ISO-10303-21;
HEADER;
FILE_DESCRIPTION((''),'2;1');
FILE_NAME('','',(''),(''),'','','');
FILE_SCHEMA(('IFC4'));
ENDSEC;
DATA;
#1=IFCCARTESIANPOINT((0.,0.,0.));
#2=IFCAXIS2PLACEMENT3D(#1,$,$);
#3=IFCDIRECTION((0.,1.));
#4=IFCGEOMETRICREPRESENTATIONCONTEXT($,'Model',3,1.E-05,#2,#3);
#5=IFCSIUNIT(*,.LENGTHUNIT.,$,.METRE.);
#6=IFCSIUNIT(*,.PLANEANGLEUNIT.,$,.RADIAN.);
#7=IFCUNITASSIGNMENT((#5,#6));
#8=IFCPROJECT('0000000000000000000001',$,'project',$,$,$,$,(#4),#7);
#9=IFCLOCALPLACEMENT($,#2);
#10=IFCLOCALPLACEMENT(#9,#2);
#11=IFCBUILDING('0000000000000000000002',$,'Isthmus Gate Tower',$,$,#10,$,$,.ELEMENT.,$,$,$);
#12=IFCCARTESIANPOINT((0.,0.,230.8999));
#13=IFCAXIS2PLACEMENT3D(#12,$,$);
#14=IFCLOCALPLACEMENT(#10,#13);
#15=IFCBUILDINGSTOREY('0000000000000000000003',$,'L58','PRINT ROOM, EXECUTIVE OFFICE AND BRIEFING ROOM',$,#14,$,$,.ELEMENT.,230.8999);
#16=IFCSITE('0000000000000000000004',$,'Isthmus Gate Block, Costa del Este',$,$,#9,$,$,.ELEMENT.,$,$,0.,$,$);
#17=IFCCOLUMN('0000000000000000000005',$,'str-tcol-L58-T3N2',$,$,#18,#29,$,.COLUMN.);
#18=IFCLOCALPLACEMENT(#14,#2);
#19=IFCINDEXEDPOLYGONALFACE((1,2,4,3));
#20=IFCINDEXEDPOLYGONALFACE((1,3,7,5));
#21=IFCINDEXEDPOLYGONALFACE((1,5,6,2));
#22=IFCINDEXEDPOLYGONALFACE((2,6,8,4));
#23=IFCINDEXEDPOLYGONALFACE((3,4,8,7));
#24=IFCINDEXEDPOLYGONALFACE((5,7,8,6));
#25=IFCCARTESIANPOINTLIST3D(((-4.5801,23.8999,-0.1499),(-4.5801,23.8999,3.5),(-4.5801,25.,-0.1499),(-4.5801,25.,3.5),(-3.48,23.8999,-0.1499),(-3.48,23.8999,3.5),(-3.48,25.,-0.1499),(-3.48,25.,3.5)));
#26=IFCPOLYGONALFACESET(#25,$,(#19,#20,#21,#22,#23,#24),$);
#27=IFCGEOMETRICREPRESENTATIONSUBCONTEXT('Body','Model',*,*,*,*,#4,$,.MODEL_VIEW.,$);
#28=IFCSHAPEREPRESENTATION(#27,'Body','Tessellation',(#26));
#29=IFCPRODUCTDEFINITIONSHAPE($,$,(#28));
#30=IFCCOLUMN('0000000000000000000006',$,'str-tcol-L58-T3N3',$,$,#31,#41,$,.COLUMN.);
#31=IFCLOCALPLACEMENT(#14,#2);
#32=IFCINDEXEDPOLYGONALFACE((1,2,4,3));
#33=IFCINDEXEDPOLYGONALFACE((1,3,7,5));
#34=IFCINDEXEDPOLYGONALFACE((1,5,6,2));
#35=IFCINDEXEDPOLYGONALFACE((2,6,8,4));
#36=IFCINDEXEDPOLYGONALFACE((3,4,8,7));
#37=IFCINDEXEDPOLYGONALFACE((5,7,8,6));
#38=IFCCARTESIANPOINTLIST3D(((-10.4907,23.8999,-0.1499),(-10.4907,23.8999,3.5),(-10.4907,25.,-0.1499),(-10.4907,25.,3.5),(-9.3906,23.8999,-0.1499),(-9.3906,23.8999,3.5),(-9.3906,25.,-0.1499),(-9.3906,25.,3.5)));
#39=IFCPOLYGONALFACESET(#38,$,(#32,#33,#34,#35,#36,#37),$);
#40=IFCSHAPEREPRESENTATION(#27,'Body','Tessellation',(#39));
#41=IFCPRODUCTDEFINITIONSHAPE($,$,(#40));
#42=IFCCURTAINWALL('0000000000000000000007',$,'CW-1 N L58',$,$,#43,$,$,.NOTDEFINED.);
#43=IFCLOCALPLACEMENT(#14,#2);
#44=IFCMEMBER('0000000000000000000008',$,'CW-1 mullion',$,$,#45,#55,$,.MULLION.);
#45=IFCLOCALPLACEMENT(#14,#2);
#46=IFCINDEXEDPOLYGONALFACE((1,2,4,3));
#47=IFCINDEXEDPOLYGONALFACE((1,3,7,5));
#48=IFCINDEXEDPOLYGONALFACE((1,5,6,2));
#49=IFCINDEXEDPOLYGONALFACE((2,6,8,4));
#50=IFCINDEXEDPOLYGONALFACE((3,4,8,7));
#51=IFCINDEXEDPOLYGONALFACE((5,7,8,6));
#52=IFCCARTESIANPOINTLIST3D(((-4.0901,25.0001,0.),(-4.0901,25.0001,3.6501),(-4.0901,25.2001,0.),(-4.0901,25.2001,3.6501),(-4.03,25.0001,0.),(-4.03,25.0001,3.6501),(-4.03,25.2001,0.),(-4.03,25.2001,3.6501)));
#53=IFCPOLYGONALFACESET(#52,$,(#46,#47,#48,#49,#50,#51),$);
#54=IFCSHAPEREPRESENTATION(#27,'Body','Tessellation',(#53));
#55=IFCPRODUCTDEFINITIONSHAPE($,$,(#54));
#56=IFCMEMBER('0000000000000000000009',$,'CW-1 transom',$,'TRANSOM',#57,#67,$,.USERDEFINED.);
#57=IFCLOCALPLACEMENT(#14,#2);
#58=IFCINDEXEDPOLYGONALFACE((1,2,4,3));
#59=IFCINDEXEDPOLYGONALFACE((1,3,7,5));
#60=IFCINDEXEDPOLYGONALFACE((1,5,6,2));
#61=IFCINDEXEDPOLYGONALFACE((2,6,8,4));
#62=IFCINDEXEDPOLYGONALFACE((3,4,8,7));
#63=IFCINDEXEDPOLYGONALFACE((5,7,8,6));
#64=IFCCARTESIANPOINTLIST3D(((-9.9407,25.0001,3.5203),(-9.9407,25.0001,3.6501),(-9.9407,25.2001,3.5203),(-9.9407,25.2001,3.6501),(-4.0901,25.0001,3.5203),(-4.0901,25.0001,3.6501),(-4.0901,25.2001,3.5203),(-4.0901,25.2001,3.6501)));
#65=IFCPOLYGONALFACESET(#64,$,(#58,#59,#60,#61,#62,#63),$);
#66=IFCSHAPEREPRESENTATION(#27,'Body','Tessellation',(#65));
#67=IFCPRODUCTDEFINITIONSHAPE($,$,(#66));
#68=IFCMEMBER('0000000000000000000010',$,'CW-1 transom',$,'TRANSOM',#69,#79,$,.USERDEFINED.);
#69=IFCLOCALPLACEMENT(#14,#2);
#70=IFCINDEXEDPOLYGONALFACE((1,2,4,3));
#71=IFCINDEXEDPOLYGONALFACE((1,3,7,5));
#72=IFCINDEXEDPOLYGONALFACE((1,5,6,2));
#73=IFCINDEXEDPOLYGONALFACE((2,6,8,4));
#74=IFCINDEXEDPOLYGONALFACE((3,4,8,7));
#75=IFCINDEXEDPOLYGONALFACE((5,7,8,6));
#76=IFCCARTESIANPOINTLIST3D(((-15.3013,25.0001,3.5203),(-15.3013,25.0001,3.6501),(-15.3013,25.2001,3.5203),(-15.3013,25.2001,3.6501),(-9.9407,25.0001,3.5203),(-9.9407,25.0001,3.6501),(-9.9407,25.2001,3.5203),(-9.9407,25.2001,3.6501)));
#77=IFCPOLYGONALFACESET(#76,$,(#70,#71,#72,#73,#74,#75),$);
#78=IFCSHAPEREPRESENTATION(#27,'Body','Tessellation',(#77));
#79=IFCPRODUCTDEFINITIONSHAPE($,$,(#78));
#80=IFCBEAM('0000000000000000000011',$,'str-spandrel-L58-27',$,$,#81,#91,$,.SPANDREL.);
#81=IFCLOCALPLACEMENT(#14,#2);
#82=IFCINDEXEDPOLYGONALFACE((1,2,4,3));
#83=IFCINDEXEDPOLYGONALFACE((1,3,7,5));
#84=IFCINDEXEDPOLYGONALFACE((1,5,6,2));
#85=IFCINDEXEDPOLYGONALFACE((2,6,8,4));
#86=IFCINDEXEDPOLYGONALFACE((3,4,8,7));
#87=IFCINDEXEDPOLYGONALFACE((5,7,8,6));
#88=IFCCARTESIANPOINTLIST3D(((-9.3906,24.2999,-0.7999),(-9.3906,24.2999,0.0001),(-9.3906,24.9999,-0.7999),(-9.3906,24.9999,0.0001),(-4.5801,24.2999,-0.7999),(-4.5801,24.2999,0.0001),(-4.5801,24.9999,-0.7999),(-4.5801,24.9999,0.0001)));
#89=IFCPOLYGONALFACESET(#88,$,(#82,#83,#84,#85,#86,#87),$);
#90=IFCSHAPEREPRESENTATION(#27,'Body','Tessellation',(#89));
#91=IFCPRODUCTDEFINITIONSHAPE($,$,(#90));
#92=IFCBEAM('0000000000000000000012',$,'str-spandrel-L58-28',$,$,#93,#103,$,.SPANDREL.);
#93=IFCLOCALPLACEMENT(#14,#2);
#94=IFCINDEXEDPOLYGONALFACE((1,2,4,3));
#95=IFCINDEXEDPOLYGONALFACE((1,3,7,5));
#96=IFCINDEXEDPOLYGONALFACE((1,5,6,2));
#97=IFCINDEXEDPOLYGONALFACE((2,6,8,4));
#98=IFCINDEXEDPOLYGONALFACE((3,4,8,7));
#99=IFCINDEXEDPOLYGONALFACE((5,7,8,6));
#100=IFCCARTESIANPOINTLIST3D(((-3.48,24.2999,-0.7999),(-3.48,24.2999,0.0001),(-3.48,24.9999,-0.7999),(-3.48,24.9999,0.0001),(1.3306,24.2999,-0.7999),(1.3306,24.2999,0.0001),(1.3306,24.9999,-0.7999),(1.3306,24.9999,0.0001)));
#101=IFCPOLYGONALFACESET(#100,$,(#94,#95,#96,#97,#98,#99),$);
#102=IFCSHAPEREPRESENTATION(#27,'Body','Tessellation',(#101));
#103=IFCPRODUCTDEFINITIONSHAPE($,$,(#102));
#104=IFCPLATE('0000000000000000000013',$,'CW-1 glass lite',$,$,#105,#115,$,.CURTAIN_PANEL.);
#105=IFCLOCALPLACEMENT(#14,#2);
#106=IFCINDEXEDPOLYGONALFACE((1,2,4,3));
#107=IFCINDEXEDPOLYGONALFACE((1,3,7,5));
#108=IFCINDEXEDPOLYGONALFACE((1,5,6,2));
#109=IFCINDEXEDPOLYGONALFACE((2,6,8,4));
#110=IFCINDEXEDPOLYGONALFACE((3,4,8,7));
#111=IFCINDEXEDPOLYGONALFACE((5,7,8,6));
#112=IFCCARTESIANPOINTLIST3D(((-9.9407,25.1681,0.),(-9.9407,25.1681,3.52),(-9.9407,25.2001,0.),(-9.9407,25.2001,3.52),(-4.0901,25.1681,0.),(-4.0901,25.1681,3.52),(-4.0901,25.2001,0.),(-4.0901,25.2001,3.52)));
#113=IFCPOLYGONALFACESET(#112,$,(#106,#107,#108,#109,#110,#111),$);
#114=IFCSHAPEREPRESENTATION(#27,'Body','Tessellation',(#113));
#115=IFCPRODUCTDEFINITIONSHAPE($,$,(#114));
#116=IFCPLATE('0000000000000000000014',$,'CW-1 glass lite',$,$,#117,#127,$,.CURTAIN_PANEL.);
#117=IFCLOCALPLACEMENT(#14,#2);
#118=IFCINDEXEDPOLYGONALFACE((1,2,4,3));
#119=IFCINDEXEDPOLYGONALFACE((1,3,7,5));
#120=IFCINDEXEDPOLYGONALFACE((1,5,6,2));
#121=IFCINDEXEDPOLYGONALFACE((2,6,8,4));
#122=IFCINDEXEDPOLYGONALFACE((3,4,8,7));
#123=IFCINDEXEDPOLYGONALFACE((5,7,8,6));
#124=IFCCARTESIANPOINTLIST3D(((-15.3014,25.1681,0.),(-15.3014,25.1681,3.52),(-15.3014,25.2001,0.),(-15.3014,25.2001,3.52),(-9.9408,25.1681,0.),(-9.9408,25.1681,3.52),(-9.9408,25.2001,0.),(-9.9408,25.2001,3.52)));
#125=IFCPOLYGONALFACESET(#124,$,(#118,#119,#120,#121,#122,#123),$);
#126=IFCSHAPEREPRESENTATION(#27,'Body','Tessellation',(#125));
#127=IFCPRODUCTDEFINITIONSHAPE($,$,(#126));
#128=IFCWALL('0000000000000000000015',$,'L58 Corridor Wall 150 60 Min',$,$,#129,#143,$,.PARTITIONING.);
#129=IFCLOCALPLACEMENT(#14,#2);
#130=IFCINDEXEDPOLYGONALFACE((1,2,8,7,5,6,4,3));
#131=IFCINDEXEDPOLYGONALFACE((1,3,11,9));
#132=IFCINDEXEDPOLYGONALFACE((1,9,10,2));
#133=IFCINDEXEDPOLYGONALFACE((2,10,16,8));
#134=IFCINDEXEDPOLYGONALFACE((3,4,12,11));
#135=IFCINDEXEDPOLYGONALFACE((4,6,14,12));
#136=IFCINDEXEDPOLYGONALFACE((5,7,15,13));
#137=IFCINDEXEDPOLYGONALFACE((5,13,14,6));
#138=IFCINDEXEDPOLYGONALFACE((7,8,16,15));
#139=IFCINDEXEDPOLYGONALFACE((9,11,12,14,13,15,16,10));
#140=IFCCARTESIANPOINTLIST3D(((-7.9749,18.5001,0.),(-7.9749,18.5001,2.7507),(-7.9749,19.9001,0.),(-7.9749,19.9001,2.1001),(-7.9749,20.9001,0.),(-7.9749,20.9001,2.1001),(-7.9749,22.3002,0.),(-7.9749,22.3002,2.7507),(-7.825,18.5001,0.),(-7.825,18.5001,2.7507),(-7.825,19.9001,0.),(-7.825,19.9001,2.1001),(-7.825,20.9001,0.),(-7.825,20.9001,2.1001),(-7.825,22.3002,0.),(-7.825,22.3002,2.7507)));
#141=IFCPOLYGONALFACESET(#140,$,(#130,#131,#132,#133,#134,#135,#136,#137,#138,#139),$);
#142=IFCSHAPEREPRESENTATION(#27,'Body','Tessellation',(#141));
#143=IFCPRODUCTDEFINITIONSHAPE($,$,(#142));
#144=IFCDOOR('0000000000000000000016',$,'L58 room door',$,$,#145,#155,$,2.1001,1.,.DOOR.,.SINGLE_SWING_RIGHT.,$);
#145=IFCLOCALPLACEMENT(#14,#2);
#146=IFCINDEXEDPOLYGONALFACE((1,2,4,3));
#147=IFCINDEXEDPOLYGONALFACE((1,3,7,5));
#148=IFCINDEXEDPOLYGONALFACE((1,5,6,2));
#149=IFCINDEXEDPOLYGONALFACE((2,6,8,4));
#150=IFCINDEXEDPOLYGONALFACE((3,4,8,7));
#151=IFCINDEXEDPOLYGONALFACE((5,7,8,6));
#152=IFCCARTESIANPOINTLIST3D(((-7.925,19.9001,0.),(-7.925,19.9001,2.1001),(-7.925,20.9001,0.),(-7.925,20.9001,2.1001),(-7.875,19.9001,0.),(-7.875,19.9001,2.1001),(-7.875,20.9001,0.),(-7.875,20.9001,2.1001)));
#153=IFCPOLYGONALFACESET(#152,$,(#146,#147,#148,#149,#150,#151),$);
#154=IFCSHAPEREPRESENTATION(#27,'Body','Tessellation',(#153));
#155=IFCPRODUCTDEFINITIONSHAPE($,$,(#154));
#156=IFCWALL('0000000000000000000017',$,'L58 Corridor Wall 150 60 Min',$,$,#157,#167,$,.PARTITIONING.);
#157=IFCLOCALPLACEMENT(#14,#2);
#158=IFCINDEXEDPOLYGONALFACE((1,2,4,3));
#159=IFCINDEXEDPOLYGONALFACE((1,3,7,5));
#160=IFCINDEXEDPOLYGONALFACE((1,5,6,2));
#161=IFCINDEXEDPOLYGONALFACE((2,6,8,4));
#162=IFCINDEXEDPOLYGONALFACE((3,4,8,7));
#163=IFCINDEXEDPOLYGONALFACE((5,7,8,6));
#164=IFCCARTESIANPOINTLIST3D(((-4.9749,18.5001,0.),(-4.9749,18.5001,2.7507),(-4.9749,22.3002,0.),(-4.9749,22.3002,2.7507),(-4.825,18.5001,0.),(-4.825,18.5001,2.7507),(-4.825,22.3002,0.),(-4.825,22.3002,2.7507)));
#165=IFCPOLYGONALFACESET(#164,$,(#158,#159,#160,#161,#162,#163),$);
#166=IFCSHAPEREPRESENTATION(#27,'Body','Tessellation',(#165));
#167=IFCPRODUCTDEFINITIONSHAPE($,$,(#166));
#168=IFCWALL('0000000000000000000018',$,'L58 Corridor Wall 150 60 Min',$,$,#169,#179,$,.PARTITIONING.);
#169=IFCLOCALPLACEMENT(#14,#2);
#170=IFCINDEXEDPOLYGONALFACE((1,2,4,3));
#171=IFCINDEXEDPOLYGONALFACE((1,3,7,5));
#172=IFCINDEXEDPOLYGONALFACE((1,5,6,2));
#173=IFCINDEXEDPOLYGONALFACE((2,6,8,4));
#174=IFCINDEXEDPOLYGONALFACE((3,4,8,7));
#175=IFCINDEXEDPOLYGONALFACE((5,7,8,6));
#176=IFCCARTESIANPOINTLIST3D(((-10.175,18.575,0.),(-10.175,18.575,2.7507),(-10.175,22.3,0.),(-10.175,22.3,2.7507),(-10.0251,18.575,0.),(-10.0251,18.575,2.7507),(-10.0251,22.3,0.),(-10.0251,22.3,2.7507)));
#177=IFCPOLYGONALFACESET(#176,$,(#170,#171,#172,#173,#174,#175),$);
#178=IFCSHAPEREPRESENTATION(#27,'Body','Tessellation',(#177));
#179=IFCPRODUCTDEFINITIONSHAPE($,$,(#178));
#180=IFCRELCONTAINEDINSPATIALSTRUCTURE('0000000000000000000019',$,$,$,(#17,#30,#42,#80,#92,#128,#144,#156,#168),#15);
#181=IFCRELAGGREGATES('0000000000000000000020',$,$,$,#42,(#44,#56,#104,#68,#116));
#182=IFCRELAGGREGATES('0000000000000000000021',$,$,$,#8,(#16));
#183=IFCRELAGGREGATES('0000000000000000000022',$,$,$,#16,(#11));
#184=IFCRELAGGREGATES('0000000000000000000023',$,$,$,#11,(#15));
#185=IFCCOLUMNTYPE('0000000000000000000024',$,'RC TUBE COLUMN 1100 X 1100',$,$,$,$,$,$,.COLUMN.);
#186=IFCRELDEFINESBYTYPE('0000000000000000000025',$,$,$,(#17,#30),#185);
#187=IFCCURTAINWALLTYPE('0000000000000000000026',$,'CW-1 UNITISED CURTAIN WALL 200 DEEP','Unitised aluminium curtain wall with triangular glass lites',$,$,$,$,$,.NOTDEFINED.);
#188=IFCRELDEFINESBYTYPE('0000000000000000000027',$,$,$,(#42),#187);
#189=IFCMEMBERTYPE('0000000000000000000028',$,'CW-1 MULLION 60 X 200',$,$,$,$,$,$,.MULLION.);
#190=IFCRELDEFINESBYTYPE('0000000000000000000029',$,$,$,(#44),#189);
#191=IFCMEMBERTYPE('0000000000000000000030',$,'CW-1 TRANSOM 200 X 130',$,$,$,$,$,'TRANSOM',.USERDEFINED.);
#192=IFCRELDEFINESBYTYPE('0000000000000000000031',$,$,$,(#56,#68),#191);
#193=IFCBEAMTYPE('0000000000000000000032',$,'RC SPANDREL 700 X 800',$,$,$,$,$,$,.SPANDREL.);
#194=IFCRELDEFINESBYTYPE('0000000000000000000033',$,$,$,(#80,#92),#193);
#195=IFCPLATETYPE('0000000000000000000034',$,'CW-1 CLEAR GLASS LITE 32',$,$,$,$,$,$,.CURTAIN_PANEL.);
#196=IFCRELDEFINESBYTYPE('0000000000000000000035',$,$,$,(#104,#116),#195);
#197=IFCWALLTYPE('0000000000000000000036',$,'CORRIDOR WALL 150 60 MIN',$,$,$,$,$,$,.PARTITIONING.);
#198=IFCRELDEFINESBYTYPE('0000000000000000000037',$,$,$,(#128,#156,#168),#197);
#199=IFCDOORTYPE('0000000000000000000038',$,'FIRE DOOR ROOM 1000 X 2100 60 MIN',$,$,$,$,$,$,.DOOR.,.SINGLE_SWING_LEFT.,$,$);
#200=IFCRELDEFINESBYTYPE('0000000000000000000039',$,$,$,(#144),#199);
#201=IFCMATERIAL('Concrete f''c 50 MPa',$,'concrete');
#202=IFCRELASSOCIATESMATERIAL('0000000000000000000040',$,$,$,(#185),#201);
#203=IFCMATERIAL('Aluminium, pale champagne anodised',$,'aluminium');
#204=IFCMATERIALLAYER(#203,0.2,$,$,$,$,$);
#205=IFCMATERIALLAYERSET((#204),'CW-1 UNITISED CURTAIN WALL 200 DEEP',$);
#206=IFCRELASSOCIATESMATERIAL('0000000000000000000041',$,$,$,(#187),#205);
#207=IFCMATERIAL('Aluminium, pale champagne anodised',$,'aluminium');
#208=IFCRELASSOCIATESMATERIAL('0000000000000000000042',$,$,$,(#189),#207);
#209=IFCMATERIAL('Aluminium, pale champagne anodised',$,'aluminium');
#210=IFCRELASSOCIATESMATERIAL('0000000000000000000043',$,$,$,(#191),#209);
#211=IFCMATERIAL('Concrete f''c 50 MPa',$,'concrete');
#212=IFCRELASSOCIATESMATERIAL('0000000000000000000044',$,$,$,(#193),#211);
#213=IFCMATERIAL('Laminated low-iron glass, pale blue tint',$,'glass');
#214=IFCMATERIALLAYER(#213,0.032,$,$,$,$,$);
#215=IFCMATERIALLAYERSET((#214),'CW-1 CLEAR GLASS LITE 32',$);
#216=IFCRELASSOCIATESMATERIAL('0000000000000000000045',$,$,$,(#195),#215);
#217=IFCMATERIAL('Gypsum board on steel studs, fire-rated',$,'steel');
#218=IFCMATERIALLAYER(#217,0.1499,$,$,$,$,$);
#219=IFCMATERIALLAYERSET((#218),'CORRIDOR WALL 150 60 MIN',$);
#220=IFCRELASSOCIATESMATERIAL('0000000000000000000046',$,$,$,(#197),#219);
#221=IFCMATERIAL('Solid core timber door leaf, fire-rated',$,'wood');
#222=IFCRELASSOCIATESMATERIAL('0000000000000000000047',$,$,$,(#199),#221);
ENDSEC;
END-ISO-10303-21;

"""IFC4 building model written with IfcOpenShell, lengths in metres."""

from ifc_helpers import new_model, si_unit, direction, frame, frame_2d, origin, origin_2d, place, context, subcontext, project, spatial, rectangle, extrude, material, layer, layer_set, material_profile, profile_set, type_object, element, fill, aggregate, save


model = new_model("IFC4")

# Units and contexts
model_context = context("Model", 3, precision=1e-05, world=origin(), true_north=direction((0.0, 1.0)))
body_context = subcontext(model_context, "Body", "Model", "MODEL_VIEW")
ifc_project = project(units=[si_unit("LENGTHUNIT", "METRE"), si_unit("PLANEANGLEUNIT", "RADIAN")], contexts=[model_context])

# Site, building, storey
site_placement = place(None, origin())
site = spatial("IfcSite", under=ifc_project, at=site_placement, Name="Isthmus Gate Block, Costa del Este", CompositionType="ELEMENT", RefElevation=0.0)
building_placement = place(site_placement, origin())
building = spatial("IfcBuilding", under=site, at=building_placement, Name="Isthmus Gate Tower", CompositionType="ELEMENT")
storey_placement = place(building_placement, frame((0.0, 0.0, 230.8999)))
storey = spatial("IfcBuildingStorey", under=building, at=storey_placement, Name="L58", Description="PRINT ROOM, EXECUTIVE OFFICE AND BRIEFING ROOM", CompositionType="ELEMENT", Elevation=230.8999)

# Columns
ifc_material_1 = material(Name="Concrete f'c 50 MPa", Category="concrete")
ifc_material_profile_1 = material_profile(ifc_material_1, rectangle(XDim=1.1001, YDim=1.1001, at=origin_2d()), Name="RC 1100X1100")
ifc_profile_set_1 = profile_set([ifc_material_profile_1], Name="Concrete f'c 50 MPa")
column_type = type_object("IfcColumnType", Name="RC TUBE COLUMN 1100 X 1100", PredefinedType="COLUMN", material=ifc_profile_set_1)
for number, where, z_axis, x_axis, name in (
    (1, (-4.03, 24.45, -0.1499), (0.0, 0.0, 1.0), (-1.0, 0.0, 0.0), "str-tcol-L58-T3N2"),
    (2, (-9.9407, 24.45, -0.1499), (0.0, 0.0, 1.0), (-1.0, 0.0, 0.0), "str-tcol-L58-T3N3"),
):
    element("IfcColumn", number, at=place(storey_placement, frame(where, z_axis=z_axis, x_axis=x_axis)), inside=storey, type_object=column_type, Name=name, PredefinedType="COLUMN", context=body_context, shape_type="SweptSolid", body=[
        extrude(rectangle(XDim=1.1001, YDim=1.1001, at=origin_2d()), origin(), (0.0, 0.0, 1.0), 3.6499),
    ])

# Curtain wall, members
ifc_material_2 = material(Name="Aluminium, pale champagne anodised", Category="aluminium")
ifc_layer_1 = layer(ifc_material_2, 0.2)
ifc_layer_set_1 = layer_set([ifc_layer_1], Name="CW-1 UNITISED CURTAIN WALL 200 DEEP")
curtain_wall_type = type_object("IfcCurtainWallType", Name="CW-1 UNITISED CURTAIN WALL 200 DEEP", Description="Unitised aluminium curtain wall with triangular glass lites", PredefinedType="NOTDEFINED", material=ifc_layer_set_1)
curtain_wall_placement = place(storey_placement, origin())
curtain_wall = element("IfcCurtainWall", 3, at=curtain_wall_placement, inside=storey, type_object=curtain_wall_type, Name="CW-1 N L58", PredefinedType="NOTDEFINED")
ifc_material_3 = material(Name="Aluminium, pale champagne anodised", Category="aluminium")
ifc_material_profile_2 = material_profile(ifc_material_3, rectangle(XDim=0.0601, YDim=0.2, at=origin_2d()), Name="60x200")
ifc_profile_set_2 = profile_set([ifc_material_profile_2], Name="Aluminium, pale champagne anodised")
member_type_1 = type_object("IfcMemberType", Name="CW-1 MULLION 60 X 200", PredefinedType="MULLION", material=ifc_profile_set_2)
member_1_placement = place(storey_placement, frame((-4.0601, 25.1001, 0.0), z_axis=(0.0, 0.0, 1.0), x_axis=(-1.0, 0.0, 0.0)))
member_1 = element("IfcMember", 4, at=member_1_placement, type_object=member_type_1, Name="CW-1 mullion", PredefinedType="MULLION", context=body_context, shape_type="SweptSolid", body=[
    extrude(rectangle(XDim=0.0601, YDim=0.2, at=origin_2d()), origin(), (0.0, 0.0, 1.0), 3.6501),
])
ifc_material_4 = material(Name="Aluminium, pale champagne anodised", Category="aluminium")
ifc_material_profile_3 = material_profile(ifc_material_4, rectangle(XDim=0.2, YDim=0.1299, at=origin_2d()), Name="200x130")
ifc_profile_set_3 = profile_set([ifc_material_profile_3], Name="Aluminium, pale champagne anodised")
member_type_2 = type_object("IfcMemberType", Name="CW-1 TRANSOM 200 X 130", ElementType="TRANSOM", PredefinedType="USERDEFINED", material=ifc_profile_set_3)
member_2_placement = place(storey_placement, frame((-4.0901, 25.1001, 3.5852), z_axis=(-1.0, 0.0, 0.0), x_axis=(0.0, -1.0, 0.0)))
member_2 = element("IfcMember", 5, at=member_2_placement, type_object=member_type_2, Name="CW-1 transom", ObjectType="TRANSOM", PredefinedType="USERDEFINED", context=body_context, shape_type="SweptSolid", body=[
    extrude(rectangle(XDim=0.2, YDim=0.1299, at=origin_2d()), origin(), (0.0, 0.0, 1.0), 5.8506),
])
member_3_placement = place(storey_placement, frame((-9.9407, 25.1001, 3.5852), z_axis=(-1.0, 0.0, 0.0), x_axis=(0.0, -1.0, 0.0)))
member_3 = element("IfcMember", 6, at=member_3_placement, type_object=member_type_2, Name="CW-1 transom", ObjectType="TRANSOM", PredefinedType="USERDEFINED", context=body_context, shape_type="SweptSolid", body=[
    extrude(rectangle(XDim=0.2, YDim=0.1299, at=origin_2d()), origin(), (0.0, 0.0, 1.0), 5.3606),
])

# Beams
ifc_material_5 = material(Name="Concrete f'c 50 MPa", Category="concrete")
ifc_material_profile_4 = material_profile(ifc_material_5, rectangle(XDim=0.7, YDim=0.8, at=origin_2d()), Name="RC 700X800")
ifc_profile_set_4 = profile_set([ifc_material_profile_4], Name="Concrete f'c 50 MPa")
beam_type = type_object("IfcBeamType", Name="RC SPANDREL 700 X 800", PredefinedType="SPANDREL", material=ifc_profile_set_4)
for number, where, z_axis, x_axis, name in (
    (7, (-9.3906, 24.6499, -0.3999), (1.0, 0.0, 0.0), (0.0, 1.0, 0.0), "str-spandrel-L58-27"),
    (8, (-3.48, 24.6499, -0.3999), (1.0, 0.0, 0.0), (0.0, 1.0, 0.0), "str-spandrel-L58-28"),
):
    element("IfcBeam", number, at=place(storey_placement, frame(where, z_axis=z_axis, x_axis=x_axis)), inside=storey, type_object=beam_type, Name=name, PredefinedType="SPANDREL", context=body_context, shape_type="SweptSolid", body=[
        extrude(rectangle(XDim=0.7, YDim=0.8, at=origin_2d()), origin(), (0.0, 0.0, 1.0), 4.8105),
    ])

# Plates
ifc_material_6 = material(Name="Laminated low-iron glass, pale blue tint", Category="glass")
ifc_layer_2 = layer(ifc_material_6, 0.032)
ifc_layer_set_2 = layer_set([ifc_layer_2], Name="CW-1 CLEAR GLASS LITE 32")
plate_type = type_object("IfcPlateType", Name="CW-1 CLEAR GLASS LITE 32", PredefinedType="CURTAIN_PANEL", material=ifc_layer_set_2)
plate_1_placement = place(storey_placement, frame((-7.0154, 25.1841, 0.0), z_axis=(0.0, 0.0, 1.0), x_axis=(-1.0, 0.0, 0.0)))
plate_1 = element("IfcPlate", 9, at=plate_1_placement, type_object=plate_type, Name="CW-1 glass lite", PredefinedType="CURTAIN_PANEL", context=body_context, shape_type="SweptSolid", body=[
    extrude(rectangle(XDim=5.8506, YDim=0.032, at=origin_2d()), origin(), (0.0, 0.0, 1.0), 3.52),
])
plate_2_placement = place(storey_placement, frame((-12.6211, 25.1841, 0.0), z_axis=(0.0, 0.0, 1.0), x_axis=(-1.0, 0.0, 0.0)))
plate_2 = element("IfcPlate", 10, at=plate_2_placement, type_object=plate_type, Name="CW-1 glass lite", PredefinedType="CURTAIN_PANEL", context=body_context, shape_type="SweptSolid", body=[
    extrude(rectangle(XDim=5.3606, YDim=0.032, at=origin_2d()), origin(), (0.0, 0.0, 1.0), 3.52),
])
aggregate(curtain_wall, [member_1, member_2, plate_1, member_3, plate_2])

# Wall, opening, door
ifc_material_7 = material(Name="Gypsum board on steel studs, fire-rated", Category="steel")
ifc_layer_3 = layer(ifc_material_7, 0.1499)
ifc_layer_set_3 = layer_set([ifc_layer_3], Name="CORRIDOR WALL 150 60 MIN")
wall_type_1 = type_object("IfcWallType", Name="CORRIDOR WALL 150 60 MIN", PredefinedType="PARTITIONING", material=ifc_layer_set_3)
wall_1_placement = place(storey_placement, frame((-7.8999, 22.3, 0.0), z_axis=(0.0, 0.0, 1.0), x_axis=(0.0, -1.0, 0.0)))
wall_1 = element("IfcWall", 11, at=wall_1_placement, inside=storey, type_object=wall_type_1, Name="L58 Corridor Wall 150 60 Min", PredefinedType="PARTITIONING", context=body_context, shape_type="SweptSolid", body=[
    extrude(rectangle(XDim=3.8, YDim=0.1499, at=frame_2d((1.8999, 0.0))), origin(), (0.0, 0.0, 1.0), 2.7507),
])
opening_1_placement = place(wall_1_placement, frame((1.3999, 0.0, 0.0)))
opening_1 = element("IfcOpeningElement", 12, at=opening_1_placement, cuts=wall_1, PredefinedType="OPENING", context=body_context, shape_type="SweptSolid", body=[
    extrude(rectangle(XDim=1.0, YDim=2.1001, at=frame_2d((0.5, 1.05))), frame((0.0, 0.085, 0.0), z_axis=(0.0, -1.0, 0.0), x_axis=(1.0, 0.0, 0.0)), (0.0, 0.0, 1.0), 0.1699),
])
ifc_material_8 = material(Name="Solid core timber door leaf, fire-rated", Category="wood")
door_type = type_object("IfcDoorType", Name="FIRE DOOR ROOM 1000 X 2100 60 MIN", OperationType="SINGLE_SWING_LEFT", PredefinedType="DOOR", material=ifc_material_8)
door_1_placement = place(opening_1_placement, origin())
door_1 = element("IfcDoor", 13, at=door_1_placement, inside=storey, type_object=door_type, Name="L58 room door", OperationType="SINGLE_SWING_RIGHT", OverallHeight=2.1001, OverallWidth=1.0, PredefinedType="DOOR", context=body_context, shape_type="SweptSolid", body=[
    extrude(rectangle(XDim=1.0, YDim=2.1001, at=frame_2d((0.5, 1.05))), frame((0.0, 0.0249, 0.0), z_axis=(0.0, -1.0, 0.0), x_axis=(1.0, 0.0, 0.0)), (0.0, 0.0, 1.0), 0.05),
])
fill(opening_1, door_1)

# Walls
wall_2_placement = place(storey_placement, frame((-4.8999, 22.3, 0.0), z_axis=(0.0, 0.0, 1.0), x_axis=(0.0, -1.0, 0.0)))
element("IfcWall", 14, at=wall_2_placement, inside=storey, type_object=wall_type_1, Name="L58 Corridor Wall 150 60 Min", PredefinedType="PARTITIONING", context=body_context, shape_type="SweptSolid", body=[
    extrude(rectangle(XDim=3.8, YDim=0.1499, at=frame_2d((1.8999, 0.0))), origin(), (0.0, 0.0, 1.0), 2.7507),
])
wall_3_placement = place(storey_placement, frame((-10.1001, 18.575, 0.0), z_axis=(0.0, 0.0, 1.0), x_axis=(0.0, 1.0, 0.0)))
element("IfcWall", 15, at=wall_3_placement, inside=storey, type_object=wall_type_1, Name="L58 Corridor Wall 150 60 Min", PredefinedType="PARTITIONING", context=body_context, shape_type="SweptSolid", body=[
    extrude(rectangle(XDim=3.7251, YDim=0.1499, at=frame_2d((1.8625, 0.0))), origin(), (0.0, 0.0, 1.0), 2.7507),
])

save(model, "model.ifc")
